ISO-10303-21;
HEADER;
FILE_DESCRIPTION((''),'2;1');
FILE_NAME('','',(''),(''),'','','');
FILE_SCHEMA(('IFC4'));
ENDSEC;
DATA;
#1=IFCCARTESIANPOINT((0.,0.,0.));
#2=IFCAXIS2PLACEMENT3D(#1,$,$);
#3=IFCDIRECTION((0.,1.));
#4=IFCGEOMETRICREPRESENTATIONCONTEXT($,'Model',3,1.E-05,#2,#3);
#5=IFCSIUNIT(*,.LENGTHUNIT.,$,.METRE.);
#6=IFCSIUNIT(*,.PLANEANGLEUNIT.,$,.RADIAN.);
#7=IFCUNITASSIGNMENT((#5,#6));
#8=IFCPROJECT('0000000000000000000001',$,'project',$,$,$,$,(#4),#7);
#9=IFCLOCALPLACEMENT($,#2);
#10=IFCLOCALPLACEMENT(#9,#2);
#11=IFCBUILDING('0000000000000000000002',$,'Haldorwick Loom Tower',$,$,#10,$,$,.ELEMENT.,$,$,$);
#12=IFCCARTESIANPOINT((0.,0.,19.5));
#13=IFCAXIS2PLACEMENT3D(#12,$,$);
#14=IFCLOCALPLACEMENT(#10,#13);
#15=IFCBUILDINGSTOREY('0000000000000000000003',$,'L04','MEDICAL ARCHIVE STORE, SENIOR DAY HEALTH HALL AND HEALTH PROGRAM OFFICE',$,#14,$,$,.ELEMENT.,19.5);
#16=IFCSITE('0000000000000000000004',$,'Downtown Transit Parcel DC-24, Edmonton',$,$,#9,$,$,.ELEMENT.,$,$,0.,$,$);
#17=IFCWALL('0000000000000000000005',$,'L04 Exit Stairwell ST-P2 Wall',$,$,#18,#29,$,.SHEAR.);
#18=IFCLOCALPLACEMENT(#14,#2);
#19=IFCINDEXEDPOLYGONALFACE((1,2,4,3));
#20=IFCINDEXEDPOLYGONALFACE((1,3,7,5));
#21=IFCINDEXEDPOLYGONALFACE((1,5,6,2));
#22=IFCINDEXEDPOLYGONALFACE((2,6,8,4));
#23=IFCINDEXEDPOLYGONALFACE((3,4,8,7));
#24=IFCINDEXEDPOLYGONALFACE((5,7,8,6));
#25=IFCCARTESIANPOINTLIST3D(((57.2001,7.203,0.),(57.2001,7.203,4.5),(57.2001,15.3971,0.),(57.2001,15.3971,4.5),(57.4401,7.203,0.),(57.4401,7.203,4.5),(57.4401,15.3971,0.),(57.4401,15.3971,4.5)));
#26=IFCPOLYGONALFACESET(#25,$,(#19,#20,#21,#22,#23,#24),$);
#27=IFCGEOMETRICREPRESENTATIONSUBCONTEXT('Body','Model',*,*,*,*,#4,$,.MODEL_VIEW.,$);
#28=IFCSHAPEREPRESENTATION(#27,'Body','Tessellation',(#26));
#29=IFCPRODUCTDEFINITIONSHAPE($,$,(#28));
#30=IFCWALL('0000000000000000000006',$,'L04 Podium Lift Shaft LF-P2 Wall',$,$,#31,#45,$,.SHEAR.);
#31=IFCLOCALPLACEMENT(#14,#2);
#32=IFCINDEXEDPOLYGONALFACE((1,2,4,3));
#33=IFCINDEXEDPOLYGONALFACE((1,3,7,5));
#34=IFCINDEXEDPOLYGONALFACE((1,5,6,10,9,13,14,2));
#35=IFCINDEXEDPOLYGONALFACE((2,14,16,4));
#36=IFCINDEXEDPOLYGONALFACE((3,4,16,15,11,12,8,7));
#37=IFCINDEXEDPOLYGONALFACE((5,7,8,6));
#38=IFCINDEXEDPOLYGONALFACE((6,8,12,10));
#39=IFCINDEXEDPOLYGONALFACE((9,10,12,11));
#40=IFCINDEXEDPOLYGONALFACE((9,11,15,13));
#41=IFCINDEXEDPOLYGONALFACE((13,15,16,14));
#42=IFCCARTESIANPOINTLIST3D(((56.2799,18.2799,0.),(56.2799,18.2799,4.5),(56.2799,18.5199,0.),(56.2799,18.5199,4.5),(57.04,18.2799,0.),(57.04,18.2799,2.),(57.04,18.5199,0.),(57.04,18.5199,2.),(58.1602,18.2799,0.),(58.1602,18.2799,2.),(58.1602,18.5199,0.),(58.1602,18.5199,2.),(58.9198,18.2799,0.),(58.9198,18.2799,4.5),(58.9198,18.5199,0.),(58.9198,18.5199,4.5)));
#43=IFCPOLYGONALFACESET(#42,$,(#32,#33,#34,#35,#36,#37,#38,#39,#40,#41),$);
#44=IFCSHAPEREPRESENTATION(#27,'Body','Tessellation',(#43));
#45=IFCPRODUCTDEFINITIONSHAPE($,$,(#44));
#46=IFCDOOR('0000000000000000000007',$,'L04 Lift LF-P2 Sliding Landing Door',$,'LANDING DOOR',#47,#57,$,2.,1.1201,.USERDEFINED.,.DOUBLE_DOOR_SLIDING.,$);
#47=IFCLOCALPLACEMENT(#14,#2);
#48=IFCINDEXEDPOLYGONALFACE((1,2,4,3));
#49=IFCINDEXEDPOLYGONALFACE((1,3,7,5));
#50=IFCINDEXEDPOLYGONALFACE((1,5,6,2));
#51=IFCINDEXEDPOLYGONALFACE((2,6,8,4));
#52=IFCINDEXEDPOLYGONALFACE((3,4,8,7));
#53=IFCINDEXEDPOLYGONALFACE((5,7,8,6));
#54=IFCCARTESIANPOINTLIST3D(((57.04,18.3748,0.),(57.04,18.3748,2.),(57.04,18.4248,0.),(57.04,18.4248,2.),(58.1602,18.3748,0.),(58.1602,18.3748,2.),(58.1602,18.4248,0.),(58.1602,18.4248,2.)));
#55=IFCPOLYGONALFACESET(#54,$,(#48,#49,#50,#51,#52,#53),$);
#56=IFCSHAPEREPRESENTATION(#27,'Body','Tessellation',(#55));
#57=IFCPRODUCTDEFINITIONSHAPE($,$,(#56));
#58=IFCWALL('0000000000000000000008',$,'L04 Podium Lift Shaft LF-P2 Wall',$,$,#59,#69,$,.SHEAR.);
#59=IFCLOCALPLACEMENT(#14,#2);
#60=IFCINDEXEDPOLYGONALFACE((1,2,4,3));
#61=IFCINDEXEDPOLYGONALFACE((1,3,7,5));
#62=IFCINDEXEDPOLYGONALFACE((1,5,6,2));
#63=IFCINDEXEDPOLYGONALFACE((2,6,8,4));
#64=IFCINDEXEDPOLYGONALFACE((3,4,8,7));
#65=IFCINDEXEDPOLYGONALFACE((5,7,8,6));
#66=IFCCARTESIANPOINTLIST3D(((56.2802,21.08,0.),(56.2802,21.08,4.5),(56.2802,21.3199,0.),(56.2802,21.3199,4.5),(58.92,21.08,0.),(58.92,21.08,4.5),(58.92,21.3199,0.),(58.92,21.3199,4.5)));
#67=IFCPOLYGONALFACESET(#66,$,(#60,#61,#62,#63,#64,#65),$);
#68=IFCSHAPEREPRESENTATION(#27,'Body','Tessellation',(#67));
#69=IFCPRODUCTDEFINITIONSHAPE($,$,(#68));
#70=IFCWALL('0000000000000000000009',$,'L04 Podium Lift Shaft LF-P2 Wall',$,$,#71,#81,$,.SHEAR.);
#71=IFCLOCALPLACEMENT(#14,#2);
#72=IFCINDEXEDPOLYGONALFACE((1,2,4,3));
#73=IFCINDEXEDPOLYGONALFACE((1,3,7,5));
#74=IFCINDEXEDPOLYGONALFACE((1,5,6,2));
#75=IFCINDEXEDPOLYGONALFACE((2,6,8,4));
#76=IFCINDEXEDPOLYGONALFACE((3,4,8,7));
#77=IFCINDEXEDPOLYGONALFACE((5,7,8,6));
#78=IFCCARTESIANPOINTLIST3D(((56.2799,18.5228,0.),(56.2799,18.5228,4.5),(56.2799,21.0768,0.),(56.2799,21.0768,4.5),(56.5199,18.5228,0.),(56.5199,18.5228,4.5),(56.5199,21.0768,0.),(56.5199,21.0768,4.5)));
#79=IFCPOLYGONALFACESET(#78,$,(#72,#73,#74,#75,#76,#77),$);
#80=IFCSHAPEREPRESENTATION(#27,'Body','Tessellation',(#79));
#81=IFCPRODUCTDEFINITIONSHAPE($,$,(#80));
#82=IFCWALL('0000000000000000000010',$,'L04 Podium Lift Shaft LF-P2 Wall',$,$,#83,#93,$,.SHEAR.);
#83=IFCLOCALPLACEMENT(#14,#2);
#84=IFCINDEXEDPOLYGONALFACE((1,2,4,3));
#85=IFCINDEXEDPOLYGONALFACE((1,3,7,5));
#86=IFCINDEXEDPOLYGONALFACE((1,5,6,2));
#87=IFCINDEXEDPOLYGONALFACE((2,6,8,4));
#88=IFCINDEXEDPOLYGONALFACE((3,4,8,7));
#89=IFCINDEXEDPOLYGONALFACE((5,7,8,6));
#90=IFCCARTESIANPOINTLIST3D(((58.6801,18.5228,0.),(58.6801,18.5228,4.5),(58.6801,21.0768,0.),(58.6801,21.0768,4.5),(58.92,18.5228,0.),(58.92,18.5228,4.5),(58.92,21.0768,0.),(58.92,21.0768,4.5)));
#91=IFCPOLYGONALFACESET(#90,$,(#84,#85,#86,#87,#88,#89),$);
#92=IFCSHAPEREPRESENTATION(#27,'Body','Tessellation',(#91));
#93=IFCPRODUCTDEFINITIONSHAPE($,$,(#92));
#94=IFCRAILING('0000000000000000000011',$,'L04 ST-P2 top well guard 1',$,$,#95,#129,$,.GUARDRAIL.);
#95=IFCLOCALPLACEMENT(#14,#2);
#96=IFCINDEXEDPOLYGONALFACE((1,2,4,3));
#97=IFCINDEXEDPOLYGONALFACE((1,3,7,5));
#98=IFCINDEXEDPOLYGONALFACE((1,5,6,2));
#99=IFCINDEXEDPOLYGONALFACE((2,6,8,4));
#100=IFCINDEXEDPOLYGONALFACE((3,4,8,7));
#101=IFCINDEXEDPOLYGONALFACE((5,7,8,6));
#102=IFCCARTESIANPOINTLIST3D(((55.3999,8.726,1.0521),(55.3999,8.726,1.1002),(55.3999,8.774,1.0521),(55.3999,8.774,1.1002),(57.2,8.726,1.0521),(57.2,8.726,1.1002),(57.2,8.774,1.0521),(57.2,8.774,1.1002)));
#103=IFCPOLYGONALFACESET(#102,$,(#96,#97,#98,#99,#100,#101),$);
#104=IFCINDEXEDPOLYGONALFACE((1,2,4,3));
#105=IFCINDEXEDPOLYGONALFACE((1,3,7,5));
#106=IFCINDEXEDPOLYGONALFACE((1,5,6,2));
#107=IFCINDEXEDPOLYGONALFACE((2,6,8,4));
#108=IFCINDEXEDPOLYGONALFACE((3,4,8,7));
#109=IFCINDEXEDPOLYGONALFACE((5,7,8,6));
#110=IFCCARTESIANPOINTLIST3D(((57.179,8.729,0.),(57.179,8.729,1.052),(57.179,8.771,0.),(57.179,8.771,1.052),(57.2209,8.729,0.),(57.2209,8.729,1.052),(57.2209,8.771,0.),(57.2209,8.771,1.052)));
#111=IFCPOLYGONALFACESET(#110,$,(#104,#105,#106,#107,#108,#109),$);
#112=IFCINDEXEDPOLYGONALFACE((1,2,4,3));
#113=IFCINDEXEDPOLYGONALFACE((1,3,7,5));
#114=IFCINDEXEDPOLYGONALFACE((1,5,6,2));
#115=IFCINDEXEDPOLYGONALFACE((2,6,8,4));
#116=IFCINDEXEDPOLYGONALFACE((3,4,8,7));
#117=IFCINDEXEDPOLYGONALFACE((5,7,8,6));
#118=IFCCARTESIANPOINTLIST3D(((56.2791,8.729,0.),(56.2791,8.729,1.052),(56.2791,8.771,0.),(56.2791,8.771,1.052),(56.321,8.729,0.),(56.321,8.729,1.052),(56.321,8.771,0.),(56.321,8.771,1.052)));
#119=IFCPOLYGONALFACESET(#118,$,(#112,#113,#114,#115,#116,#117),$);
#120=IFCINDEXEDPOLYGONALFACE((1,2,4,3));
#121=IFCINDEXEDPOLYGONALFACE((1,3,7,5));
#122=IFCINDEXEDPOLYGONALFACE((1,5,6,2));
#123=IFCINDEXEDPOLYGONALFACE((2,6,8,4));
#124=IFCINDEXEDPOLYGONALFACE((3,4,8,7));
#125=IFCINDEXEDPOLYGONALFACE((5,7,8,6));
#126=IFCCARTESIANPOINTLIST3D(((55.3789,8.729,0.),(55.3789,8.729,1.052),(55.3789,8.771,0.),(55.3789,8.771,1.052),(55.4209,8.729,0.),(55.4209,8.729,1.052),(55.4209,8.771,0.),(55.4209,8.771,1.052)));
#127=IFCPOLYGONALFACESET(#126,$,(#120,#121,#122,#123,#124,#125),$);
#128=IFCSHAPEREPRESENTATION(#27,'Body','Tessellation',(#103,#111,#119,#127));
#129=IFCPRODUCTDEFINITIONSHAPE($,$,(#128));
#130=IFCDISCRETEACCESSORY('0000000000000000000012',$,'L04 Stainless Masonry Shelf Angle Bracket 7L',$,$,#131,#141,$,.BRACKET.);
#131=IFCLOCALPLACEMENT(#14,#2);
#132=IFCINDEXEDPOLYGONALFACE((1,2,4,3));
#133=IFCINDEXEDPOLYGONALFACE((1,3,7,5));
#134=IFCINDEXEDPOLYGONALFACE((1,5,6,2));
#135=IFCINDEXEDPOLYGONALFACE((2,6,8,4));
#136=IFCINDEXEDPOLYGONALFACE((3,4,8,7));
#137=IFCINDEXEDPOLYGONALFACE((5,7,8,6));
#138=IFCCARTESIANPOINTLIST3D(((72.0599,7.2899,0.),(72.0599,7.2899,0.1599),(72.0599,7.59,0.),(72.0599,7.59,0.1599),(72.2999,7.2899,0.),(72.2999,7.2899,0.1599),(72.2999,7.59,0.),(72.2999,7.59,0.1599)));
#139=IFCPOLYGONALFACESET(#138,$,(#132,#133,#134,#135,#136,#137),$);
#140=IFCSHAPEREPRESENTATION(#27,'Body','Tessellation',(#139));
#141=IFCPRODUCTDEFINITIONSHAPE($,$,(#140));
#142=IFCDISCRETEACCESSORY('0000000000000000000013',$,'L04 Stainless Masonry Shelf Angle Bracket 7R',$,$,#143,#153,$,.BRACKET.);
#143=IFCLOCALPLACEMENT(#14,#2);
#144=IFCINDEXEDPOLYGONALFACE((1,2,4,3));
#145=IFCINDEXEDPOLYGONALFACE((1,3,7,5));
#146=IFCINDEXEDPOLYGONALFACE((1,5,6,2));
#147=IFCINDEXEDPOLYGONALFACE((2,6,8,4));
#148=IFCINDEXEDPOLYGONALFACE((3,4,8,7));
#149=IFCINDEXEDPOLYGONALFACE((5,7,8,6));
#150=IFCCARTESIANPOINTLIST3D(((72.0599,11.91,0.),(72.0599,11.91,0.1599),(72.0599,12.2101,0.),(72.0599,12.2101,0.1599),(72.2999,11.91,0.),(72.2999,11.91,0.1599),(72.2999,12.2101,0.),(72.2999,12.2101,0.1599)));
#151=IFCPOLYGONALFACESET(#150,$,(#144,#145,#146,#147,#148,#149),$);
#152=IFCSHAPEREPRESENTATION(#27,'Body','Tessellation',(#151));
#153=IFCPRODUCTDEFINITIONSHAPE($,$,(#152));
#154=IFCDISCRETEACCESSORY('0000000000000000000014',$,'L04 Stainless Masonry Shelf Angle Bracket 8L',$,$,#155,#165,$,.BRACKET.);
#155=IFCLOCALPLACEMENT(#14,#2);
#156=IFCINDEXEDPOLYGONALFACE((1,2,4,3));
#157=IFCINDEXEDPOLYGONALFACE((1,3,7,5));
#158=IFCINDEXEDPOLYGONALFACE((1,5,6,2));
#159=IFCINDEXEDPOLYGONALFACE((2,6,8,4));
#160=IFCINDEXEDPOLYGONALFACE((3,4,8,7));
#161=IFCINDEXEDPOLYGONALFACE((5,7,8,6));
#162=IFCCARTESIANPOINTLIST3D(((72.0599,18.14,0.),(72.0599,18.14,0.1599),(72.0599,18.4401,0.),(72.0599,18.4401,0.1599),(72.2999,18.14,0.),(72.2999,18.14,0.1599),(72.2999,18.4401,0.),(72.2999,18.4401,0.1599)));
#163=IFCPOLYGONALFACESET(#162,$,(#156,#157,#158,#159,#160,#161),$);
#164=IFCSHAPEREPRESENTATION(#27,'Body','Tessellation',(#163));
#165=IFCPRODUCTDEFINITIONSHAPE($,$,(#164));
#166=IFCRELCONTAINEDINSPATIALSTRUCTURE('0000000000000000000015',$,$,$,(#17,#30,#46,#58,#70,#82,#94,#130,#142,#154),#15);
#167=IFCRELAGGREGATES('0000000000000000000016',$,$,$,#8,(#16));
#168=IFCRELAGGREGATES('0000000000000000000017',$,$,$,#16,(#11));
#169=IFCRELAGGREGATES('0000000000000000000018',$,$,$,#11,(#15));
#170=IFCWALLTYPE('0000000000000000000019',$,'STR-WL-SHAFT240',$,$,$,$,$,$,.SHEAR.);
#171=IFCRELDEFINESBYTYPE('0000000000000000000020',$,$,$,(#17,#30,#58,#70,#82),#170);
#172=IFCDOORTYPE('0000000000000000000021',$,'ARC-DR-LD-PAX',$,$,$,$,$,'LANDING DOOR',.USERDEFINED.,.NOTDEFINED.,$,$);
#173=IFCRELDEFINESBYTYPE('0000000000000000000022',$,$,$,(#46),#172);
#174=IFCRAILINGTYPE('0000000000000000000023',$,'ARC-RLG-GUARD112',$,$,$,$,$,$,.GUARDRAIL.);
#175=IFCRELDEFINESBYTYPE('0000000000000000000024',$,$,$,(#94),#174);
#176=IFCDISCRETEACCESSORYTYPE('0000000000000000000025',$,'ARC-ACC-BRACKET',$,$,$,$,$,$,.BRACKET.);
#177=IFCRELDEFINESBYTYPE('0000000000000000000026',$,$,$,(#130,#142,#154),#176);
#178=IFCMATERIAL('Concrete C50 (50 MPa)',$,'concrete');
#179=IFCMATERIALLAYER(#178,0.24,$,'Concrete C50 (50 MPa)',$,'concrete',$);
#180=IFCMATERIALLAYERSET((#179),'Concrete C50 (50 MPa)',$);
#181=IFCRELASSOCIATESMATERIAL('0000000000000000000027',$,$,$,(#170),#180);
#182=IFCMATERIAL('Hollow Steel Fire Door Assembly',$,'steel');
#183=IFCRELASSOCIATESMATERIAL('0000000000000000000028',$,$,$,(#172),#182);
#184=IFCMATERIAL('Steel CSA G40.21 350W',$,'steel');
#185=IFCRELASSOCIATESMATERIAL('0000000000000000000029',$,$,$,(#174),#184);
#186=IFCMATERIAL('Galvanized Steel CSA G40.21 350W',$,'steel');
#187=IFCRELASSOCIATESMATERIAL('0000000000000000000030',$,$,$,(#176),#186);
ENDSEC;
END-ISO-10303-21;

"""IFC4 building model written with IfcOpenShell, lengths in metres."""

from ifc_helpers import new_model, si_unit, direction, frame, frame_2d, origin, origin_2d, place, context, subcontext, project, spatial, rectangle, extrude, material, layer, layer_set, type_object, element, fill, save


model = new_model("IFC4")

# Units and contexts
model_context = context("Model", 3, precision=1e-05, world=origin(), true_north=direction((0.0, 1.0)))
body_context = subcontext(model_context, "Body", "Model", "MODEL_VIEW")
ifc_project = project(units=[si_unit("LENGTHUNIT", "METRE"), si_unit("PLANEANGLEUNIT", "RADIAN")], contexts=[model_context])

# Site, building, storey
site_placement = place(None, origin())
site = spatial("IfcSite", under=ifc_project, at=site_placement, Name="Downtown Transit Parcel DC-24, Edmonton", CompositionType="ELEMENT", RefElevation=0.0)
building_placement = place(site_placement, origin())
building = spatial("IfcBuilding", under=site, at=building_placement, Name="Haldorwick Loom Tower", CompositionType="ELEMENT")
storey_placement = place(building_placement, frame((0.0, 0.0, 19.5)))
storey = spatial("IfcBuildingStorey", under=building, at=storey_placement, Name="L04", Description="MEDICAL ARCHIVE STORE, SENIOR DAY HEALTH HALL AND HEALTH PROGRAM OFFICE", CompositionType="ELEMENT", Elevation=19.5)

# Shared definitions
ifc_material_1 = material(Name="Steel CSA G40.21 350W", Category="steel")

# Wall
ifc_material_2 = material(Name="Concrete C50 (50 MPa)", Category="concrete")
ifc_layer_1 = layer(ifc_material_2, 0.24, Name="Concrete C50 (50 MPa)", Category="concrete")
ifc_layer_set_1 = layer_set([ifc_layer_1], Name="Concrete C50 (50 MPa)")
wall_type_1 = type_object("IfcWallType", Name="STR-WL-SHAFT240", PredefinedType="SHEAR", material=ifc_layer_set_1)
wall_1_placement = place(storey_placement, frame((57.3201, 7.2029, 0.0), z_axis=(0.0, 0.0, 1.0), x_axis=(0.0, 1.0, 0.0)))
element("IfcWall", 1, at=wall_1_placement, inside=storey, type_object=wall_type_1, Name="L04 Exit Stairwell ST-P2 Wall", PredefinedType="SHEAR", context=body_context, shape_type="SweptSolid", body=[
    extrude(rectangle(XDim=8.1941, YDim=0.24, at=frame_2d((4.0972, 0.0))), origin(), (0.0, 0.0, 1.0), 4.5),
])

# Wall, opening, door
wall_2_placement = place(storey_placement, frame((56.28, 18.3999, 0.0), z_axis=(0.0, 0.0, 1.0), x_axis=(1.0, 0.0, 0.0)))
wall_2 = element("IfcWall", 2, at=wall_2_placement, inside=storey, type_object=wall_type_1, Name="L04 Podium Lift Shaft LF-P2 Wall", PredefinedType="SHEAR", context=body_context, shape_type="SweptSolid", body=[
    extrude(rectangle(XDim=2.6399, YDim=0.24, at=frame_2d((1.3198, 0.0))), origin(), (0.0, 0.0, 1.0), 4.5),
])
opening_1_placement = place(wall_2_placement, frame((0.76, 0.0, 0.0)))
opening_1 = element("IfcOpeningElement", 3, at=opening_1_placement, cuts=wall_2, PredefinedType="OPENING", context=body_context, shape_type="SweptSolid", body=[
    extrude(rectangle(XDim=1.1201, YDim=2.0, at=frame_2d((0.5601, 1.0))), frame((0.0, 0.1299, 0.0), z_axis=(0.0, -1.0, 0.0), x_axis=(1.0, 0.0, 0.0)), (0.0, 0.0, 1.0), 0.26),
])
ifc_material_3 = material(Name="Hollow Steel Fire Door Assembly", Category="steel")
door_type = type_object("IfcDoorType", Name="ARC-DR-LD-PAX", ElementType="LANDING DOOR", OperationType="NOTDEFINED", PredefinedType="USERDEFINED", material=ifc_material_3)
door_placement = place(opening_1_placement, origin())
door = element("IfcDoor", 4, at=door_placement, inside=storey, type_object=door_type, Name="L04 Lift LF-P2 Sliding Landing Door", ObjectType="LANDING DOOR", OperationType="DOUBLE_DOOR_SLIDING", OverallHeight=2.0, OverallWidth=1.1201, PredefinedType="USERDEFINED", context=body_context, shape_type="SweptSolid", body=[
    extrude(rectangle(XDim=1.1201, YDim=2.0, at=frame_2d((0.5601, 1.0))), frame((0.0, 0.0249, 0.0), z_axis=(0.0, -1.0, 0.0), x_axis=(1.0, 0.0, 0.0)), (0.0, 0.0, 1.0), 0.05),
])
fill(opening_1, door)

# Walls
wall_3_placement = place(storey_placement, frame((58.9199, 21.2, 0.0), z_axis=(0.0, 0.0, 1.0), x_axis=(-1.0, 0.0, 0.0)))
element("IfcWall", 5, at=wall_3_placement, inside=storey, type_object=wall_type_1, Name="L04 Podium Lift Shaft LF-P2 Wall", PredefinedType="SHEAR", context=body_context, shape_type="SweptSolid", body=[
    extrude(rectangle(XDim=2.6399, YDim=0.24, at=frame_2d((1.3198, 0.0))), origin(), (0.0, 0.0, 1.0), 4.5),
])
for number, where, z_axis, x_axis, name in (
    (6, (56.3999, 18.5229, 0.0), (0.0, 0.0, 1.0), (0.0, 1.0, 0.0), "L04 Podium Lift Shaft LF-P2 Wall"),
    (7, (58.8, 18.5229, 0.0), (0.0, 0.0, 1.0), (0.0, 1.0, 0.0), "L04 Podium Lift Shaft LF-P2 Wall"),
):
    element("IfcWall", number, at=place(storey_placement, frame(where, z_axis=z_axis, x_axis=x_axis)), inside=storey, type_object=wall_type_1, Name=name, PredefinedType="SHEAR", context=body_context, shape_type="SweptSolid", body=[
        extrude(rectangle(XDim=2.554, YDim=0.24, at=frame_2d((1.2769, 0.0))), origin(), (0.0, 0.0, 1.0), 4.5),
    ])

# Railing
railing_type = type_object("IfcRailingType", Name="ARC-RLG-GUARD112", PredefinedType="GUARDRAIL", material=ifc_material_1)
railing_placement = place(storey_placement, frame((57.2, 8.75, 0.0)))
element("IfcRailing", 8, at=railing_placement, inside=storey, type_object=railing_type, Name="L04 ST-P2 top well guard 1", PredefinedType="GUARDRAIL", context=body_context, shape_type="SweptSolid", body=[
    extrude(rectangle(XDim=0.0481, YDim=0.0481, at=origin_2d()), frame((0.0, 0.0, 1.0762), z_axis=(-1.0, 0.0, 0.0), x_axis=(0.0, -1.0, 0.0)), (0.0, 0.0, 1.0), 1.8),
    extrude(rectangle(XDim=0.042, YDim=0.042, at=origin_2d()), origin(), (0.0, 0.0, 1.0), 1.052),
    extrude(rectangle(XDim=0.042, YDim=0.042, at=origin_2d()), frame((-0.8999, 0.0, 0.0)), (0.0, 0.0, 1.0), 1.052),
    extrude(rectangle(XDim=0.042, YDim=0.042, at=origin_2d()), frame((-1.8, 0.0, 0.0)), (0.0, 0.0, 1.0), 1.052),
])

# Discrete accessories
ifc_material_4 = material(Name="Galvanized Steel CSA G40.21 350W", Category="steel")
discrete_accessory_type = type_object("IfcDiscreteAccessoryType", Name="ARC-ACC-BRACKET", PredefinedType="BRACKET", material=ifc_material_4)
for number, where, z_axis, x_axis, name in (
    (9, (72.1799, 7.4399, 0.0), (0.0, 0.0, 1.0), (0.0, 1.0, 0.0), "L04 Stainless Masonry Shelf Angle Bracket 7L"),
    (10, (72.1799, 12.0601, 0.0), (0.0, 0.0, 1.0), (0.0, 1.0, 0.0), "L04 Stainless Masonry Shelf Angle Bracket 7R"),
    (11, (72.1799, 18.29, 0.0), (0.0, 0.0, 1.0), (0.0, 1.0, 0.0), "L04 Stainless Masonry Shelf Angle Bracket 8L"),
):
    element("IfcDiscreteAccessory", number, at=place(storey_placement, frame(where, z_axis=z_axis, x_axis=x_axis)), inside=storey, type_object=discrete_accessory_type, Name=name, PredefinedType="BRACKET", context=body_context, shape_type="SweptSolid", body=[
        extrude(rectangle(XDim=0.3, YDim=0.24, at=origin_2d()), origin(), (0.0, 0.0, 1.0), 0.1599),
    ])

save(model, "model.ifc")
